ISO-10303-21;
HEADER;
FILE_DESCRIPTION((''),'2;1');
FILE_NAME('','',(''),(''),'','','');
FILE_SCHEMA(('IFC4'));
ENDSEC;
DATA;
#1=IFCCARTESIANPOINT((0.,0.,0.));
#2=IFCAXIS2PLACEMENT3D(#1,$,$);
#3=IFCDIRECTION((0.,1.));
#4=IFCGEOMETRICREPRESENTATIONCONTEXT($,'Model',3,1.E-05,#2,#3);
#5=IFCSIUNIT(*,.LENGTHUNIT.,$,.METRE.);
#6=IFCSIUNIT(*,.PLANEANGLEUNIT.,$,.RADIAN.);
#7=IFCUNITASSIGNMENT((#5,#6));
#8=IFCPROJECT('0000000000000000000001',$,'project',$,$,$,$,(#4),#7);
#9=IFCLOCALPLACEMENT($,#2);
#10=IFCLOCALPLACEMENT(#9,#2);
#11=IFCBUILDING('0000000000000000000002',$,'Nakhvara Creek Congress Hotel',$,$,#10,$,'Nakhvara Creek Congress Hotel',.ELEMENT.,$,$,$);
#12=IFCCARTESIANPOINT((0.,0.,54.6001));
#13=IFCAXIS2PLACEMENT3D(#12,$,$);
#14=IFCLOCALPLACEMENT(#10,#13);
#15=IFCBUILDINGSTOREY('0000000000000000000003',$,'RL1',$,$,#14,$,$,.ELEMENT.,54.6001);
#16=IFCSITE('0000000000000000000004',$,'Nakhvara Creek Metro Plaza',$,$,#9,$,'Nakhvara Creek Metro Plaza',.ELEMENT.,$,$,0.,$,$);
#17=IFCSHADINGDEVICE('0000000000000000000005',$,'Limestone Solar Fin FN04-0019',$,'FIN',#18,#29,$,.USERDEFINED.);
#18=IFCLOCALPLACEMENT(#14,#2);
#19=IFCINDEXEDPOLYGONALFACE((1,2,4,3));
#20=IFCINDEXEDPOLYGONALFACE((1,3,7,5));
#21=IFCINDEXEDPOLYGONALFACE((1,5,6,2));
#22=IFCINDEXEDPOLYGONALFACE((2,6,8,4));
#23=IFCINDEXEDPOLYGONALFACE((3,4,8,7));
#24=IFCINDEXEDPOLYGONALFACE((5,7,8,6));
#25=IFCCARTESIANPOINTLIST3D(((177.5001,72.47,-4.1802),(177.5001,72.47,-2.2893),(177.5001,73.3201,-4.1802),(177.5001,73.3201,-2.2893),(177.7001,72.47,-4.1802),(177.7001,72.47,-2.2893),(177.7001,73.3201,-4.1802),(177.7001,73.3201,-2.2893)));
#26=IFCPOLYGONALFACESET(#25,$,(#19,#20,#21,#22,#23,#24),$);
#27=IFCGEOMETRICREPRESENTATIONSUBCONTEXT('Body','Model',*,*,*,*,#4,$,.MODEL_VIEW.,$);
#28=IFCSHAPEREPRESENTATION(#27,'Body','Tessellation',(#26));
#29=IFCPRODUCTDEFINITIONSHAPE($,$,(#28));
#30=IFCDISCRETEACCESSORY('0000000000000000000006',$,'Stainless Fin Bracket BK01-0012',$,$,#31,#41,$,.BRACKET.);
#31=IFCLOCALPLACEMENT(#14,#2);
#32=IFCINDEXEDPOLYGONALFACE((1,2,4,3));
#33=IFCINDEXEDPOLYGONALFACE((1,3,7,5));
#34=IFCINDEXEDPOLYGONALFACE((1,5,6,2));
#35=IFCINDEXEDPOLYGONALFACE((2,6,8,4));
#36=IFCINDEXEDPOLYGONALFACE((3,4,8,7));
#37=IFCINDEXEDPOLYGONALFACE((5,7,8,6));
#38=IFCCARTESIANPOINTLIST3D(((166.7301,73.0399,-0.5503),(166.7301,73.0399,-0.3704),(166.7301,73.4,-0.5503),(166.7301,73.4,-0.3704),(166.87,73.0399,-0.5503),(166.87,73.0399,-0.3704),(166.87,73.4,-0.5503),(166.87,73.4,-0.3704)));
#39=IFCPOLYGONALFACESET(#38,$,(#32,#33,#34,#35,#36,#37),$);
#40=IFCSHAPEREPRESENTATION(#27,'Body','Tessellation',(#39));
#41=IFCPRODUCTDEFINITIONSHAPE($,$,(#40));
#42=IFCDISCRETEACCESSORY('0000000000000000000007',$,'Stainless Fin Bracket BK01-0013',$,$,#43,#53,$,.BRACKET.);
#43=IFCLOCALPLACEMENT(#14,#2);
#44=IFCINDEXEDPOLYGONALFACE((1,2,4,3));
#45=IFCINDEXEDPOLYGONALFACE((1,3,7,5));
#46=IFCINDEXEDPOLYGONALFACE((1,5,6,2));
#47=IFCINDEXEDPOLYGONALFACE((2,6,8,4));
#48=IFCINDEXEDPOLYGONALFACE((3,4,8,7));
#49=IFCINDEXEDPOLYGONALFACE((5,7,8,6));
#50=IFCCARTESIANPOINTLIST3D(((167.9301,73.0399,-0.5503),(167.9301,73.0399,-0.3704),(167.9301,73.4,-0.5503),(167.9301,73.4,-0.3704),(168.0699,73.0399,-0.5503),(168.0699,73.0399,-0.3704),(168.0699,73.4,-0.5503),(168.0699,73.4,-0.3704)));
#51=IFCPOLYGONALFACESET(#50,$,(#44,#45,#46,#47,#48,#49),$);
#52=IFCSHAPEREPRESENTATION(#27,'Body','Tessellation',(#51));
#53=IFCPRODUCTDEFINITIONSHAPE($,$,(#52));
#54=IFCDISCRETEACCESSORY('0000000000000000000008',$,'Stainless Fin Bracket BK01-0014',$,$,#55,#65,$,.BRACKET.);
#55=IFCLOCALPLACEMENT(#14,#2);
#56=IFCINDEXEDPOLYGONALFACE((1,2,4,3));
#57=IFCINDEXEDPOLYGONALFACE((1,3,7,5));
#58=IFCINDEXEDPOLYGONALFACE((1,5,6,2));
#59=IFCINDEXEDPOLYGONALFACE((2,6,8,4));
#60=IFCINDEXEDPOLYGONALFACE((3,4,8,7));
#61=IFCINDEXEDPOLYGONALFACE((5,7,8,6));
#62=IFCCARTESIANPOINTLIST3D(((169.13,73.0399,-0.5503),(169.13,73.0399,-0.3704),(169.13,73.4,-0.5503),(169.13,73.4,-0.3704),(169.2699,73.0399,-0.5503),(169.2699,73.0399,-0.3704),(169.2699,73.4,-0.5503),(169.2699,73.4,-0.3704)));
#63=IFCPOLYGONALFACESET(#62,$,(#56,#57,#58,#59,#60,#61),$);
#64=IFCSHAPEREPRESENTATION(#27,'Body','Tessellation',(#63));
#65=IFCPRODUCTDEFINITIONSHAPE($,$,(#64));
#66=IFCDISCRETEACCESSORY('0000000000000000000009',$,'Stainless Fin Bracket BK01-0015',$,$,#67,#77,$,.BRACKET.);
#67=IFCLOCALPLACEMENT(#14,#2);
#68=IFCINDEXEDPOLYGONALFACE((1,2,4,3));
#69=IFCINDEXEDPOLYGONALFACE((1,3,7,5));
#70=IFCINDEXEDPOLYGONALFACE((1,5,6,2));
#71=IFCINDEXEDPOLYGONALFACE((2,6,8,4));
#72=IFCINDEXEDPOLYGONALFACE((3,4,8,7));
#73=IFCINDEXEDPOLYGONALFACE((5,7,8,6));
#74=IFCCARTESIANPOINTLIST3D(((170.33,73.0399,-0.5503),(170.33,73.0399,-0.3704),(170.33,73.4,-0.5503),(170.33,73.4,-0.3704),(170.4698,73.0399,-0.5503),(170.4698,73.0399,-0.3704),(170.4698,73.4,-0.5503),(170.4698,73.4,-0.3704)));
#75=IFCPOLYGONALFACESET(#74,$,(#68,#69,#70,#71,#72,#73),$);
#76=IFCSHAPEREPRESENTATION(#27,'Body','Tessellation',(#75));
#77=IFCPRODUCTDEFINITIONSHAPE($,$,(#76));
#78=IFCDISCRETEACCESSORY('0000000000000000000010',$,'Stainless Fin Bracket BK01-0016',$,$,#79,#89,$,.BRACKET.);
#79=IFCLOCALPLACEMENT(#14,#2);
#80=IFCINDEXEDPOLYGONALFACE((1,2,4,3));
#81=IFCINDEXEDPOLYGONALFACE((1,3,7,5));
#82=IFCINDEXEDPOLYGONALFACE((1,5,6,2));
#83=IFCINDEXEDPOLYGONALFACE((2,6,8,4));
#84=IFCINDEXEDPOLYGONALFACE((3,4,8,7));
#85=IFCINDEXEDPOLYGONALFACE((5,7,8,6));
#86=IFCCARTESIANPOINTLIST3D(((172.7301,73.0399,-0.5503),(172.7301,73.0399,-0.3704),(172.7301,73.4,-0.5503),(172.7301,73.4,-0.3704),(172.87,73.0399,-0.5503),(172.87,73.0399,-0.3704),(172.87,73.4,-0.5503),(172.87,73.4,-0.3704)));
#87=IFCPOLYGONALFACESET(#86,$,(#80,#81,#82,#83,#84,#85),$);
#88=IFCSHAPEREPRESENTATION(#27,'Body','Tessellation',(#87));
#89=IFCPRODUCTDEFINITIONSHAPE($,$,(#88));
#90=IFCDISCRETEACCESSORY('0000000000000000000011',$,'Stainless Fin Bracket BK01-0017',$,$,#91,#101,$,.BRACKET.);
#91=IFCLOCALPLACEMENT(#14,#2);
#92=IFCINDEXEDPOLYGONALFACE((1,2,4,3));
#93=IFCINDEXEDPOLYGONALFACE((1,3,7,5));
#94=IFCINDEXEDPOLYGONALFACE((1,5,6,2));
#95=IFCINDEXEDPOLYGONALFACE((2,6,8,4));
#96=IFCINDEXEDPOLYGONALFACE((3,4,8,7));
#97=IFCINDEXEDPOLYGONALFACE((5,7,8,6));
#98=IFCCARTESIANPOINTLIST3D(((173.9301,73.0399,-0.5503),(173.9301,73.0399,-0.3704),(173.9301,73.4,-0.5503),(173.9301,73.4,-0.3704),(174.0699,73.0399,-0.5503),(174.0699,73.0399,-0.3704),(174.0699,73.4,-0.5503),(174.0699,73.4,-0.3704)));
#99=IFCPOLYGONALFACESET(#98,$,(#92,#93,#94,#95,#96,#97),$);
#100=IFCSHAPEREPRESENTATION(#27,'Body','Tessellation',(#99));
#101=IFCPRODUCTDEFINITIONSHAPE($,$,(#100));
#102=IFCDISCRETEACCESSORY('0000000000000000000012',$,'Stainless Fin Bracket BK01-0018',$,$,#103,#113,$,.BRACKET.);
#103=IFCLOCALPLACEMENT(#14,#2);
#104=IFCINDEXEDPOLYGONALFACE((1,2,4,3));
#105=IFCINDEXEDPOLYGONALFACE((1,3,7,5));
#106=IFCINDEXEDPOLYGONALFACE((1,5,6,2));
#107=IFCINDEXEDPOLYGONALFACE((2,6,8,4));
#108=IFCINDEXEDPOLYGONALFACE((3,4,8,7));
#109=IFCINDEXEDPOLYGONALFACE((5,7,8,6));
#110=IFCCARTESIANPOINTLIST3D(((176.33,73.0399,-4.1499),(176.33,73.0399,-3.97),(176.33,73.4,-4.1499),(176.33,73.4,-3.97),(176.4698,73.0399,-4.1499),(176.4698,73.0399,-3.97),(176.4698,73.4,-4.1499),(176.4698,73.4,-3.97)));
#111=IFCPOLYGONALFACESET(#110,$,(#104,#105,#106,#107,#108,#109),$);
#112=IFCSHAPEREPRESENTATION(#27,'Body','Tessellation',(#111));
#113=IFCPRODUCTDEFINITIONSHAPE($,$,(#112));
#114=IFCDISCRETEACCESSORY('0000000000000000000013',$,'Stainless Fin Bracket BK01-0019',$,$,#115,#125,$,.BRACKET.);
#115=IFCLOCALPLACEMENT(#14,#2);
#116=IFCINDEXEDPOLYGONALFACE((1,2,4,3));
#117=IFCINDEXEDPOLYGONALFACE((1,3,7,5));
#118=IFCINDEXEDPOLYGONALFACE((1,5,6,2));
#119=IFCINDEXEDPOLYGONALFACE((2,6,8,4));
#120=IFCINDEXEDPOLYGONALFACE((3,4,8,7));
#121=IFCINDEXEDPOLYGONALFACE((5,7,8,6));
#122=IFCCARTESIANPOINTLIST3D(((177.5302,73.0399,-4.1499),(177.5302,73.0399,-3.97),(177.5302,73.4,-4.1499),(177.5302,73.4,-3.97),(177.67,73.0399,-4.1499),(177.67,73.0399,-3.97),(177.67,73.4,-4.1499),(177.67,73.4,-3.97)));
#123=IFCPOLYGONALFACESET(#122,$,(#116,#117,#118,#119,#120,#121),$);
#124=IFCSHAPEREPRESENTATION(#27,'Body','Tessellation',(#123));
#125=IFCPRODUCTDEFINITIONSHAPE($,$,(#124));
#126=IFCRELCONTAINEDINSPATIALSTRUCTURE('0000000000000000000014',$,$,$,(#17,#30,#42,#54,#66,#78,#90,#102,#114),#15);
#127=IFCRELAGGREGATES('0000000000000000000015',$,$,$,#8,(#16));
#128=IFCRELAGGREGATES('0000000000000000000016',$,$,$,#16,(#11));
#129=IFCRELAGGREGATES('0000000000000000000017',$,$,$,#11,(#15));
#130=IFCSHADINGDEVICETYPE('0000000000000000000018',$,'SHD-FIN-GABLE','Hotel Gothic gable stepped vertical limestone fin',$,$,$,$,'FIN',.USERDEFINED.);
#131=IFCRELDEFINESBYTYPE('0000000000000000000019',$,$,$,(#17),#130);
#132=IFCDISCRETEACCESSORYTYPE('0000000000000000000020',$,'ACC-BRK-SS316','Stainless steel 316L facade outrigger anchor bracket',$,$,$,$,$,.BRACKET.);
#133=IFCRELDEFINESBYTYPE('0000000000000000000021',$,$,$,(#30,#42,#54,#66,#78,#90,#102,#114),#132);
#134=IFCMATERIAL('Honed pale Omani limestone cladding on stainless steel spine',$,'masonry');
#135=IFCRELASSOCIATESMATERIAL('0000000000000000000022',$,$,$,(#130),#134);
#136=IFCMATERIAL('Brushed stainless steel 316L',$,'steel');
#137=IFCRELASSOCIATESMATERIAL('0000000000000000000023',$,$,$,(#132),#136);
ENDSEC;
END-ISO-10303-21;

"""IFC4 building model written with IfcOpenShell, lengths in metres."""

from ifc_helpers import new_model, si_unit, direction, frame, origin, origin_2d, place, context, subcontext, project, spatial, rectangle, extrude, material, type_object, element, save


model = new_model("IFC4")

# Units and contexts
model_context = context("Model", 3, precision=1e-05, world=origin(), true_north=direction((0.0, 1.0)))
body_context = subcontext(model_context, "Body", "Model", "MODEL_VIEW")
ifc_project = project(units=[si_unit("LENGTHUNIT", "METRE"), si_unit("PLANEANGLEUNIT", "RADIAN")], contexts=[model_context])

# Site, building, storey
site_placement = place(None, origin())
site = spatial("IfcSite", under=ifc_project, at=site_placement, Name="Nakhvara Creek Metro Plaza", LongName="Nakhvara Creek Metro Plaza", CompositionType="ELEMENT", RefElevation=0.0)
building_placement = place(site_placement, origin())
building = spatial("IfcBuilding", under=site, at=building_placement, Name="Nakhvara Creek Congress Hotel", LongName="Nakhvara Creek Congress Hotel", CompositionType="ELEMENT")
storey_placement = place(building_placement, frame((0.0, 0.0, 54.6001)))
storey = spatial("IfcBuildingStorey", under=building, at=storey_placement, Name="RL1", CompositionType="ELEMENT", Elevation=54.6001)

# Shading device
ifc_material_1 = material(Name="Honed pale Omani limestone cladding on stainless steel spine", Category="masonry")
shading_device_type = type_object("IfcShadingDeviceType", Name="SHD-FIN-GABLE", Description="Hotel Gothic gable stepped vertical limestone fin", ElementType="FIN", PredefinedType="USERDEFINED", material=ifc_material_1)
shading_device_1_placement = place(storey_placement, frame((177.6001, 72.895, -4.1802), z_axis=(0.0, 0.0, 1.0), x_axis=(1.0, 0.0, 0.0)))
element("IfcShadingDevice", 1, at=shading_device_1_placement, inside=storey, type_object=shading_device_type, Name="Limestone Solar Fin FN04-0019", ObjectType="FIN", PredefinedType="USERDEFINED", context=body_context, shape_type="SweptSolid", body=[
    extrude(rectangle(XDim=0.2, YDim=0.8501, at=origin_2d()), origin(), (0.0, 0.0, 1.0), 1.8909),
])

# Discrete accessories
ifc_material_2 = material(Name="Brushed stainless steel 316L", Category="steel")
discrete_accessory_type = type_object("IfcDiscreteAccessoryType", Name="ACC-BRK-SS316", Description="Stainless steel 316L facade outrigger anchor bracket", PredefinedType="BRACKET", material=ifc_material_2)
for number, where, z_axis, x_axis, name in (
    (2, (166.8, 73.22, -0.5503), (0.0, 0.0, 1.0), (1.0, 0.0, 0.0), "Stainless Fin Bracket BK01-0012"),
    (3, (168.0, 73.22, -0.5503), (0.0, 0.0, 1.0), (1.0, 0.0, 0.0), "Stainless Fin Bracket BK01-0013"),
    (4, (169.2, 73.22, -0.5503), (0.0, 0.0, 1.0), (1.0, 0.0, 0.0), "Stainless Fin Bracket BK01-0014"),
    (5, (170.3999, 73.22, -0.5503), (0.0, 0.0, 1.0), (1.0, 0.0, 0.0), "Stainless Fin Bracket BK01-0015"),
    (6, (172.8, 73.22, -0.5503), (0.0, 0.0, 1.0), (1.0, 0.0, 0.0), "Stainless Fin Bracket BK01-0016"),
    (7, (174.0, 73.22, -0.5503), (0.0, 0.0, 1.0), (1.0, 0.0, 0.0), "Stainless Fin Bracket BK01-0017"),
    (8, (176.3999, 73.22, -4.1499), (0.0, 0.0, 1.0), (1.0, 0.0, 0.0), "Stainless Fin Bracket BK01-0018"),
    (9, (177.6001, 73.22, -4.1499), (0.0, 0.0, 1.0), (1.0, 0.0, 0.0), "Stainless Fin Bracket BK01-0019"),
):
    element("IfcDiscreteAccessory", number, at=place(storey_placement, frame(where, z_axis=z_axis, x_axis=x_axis)), inside=storey, type_object=discrete_accessory_type, Name=name, PredefinedType="BRACKET", context=body_context, shape_type="SweptSolid", body=[
        extrude(rectangle(XDim=0.1399, YDim=0.3601, at=origin_2d()), origin(), (0.0, 0.0, 1.0), 0.1799),
    ])

save(model, "model.ifc")
